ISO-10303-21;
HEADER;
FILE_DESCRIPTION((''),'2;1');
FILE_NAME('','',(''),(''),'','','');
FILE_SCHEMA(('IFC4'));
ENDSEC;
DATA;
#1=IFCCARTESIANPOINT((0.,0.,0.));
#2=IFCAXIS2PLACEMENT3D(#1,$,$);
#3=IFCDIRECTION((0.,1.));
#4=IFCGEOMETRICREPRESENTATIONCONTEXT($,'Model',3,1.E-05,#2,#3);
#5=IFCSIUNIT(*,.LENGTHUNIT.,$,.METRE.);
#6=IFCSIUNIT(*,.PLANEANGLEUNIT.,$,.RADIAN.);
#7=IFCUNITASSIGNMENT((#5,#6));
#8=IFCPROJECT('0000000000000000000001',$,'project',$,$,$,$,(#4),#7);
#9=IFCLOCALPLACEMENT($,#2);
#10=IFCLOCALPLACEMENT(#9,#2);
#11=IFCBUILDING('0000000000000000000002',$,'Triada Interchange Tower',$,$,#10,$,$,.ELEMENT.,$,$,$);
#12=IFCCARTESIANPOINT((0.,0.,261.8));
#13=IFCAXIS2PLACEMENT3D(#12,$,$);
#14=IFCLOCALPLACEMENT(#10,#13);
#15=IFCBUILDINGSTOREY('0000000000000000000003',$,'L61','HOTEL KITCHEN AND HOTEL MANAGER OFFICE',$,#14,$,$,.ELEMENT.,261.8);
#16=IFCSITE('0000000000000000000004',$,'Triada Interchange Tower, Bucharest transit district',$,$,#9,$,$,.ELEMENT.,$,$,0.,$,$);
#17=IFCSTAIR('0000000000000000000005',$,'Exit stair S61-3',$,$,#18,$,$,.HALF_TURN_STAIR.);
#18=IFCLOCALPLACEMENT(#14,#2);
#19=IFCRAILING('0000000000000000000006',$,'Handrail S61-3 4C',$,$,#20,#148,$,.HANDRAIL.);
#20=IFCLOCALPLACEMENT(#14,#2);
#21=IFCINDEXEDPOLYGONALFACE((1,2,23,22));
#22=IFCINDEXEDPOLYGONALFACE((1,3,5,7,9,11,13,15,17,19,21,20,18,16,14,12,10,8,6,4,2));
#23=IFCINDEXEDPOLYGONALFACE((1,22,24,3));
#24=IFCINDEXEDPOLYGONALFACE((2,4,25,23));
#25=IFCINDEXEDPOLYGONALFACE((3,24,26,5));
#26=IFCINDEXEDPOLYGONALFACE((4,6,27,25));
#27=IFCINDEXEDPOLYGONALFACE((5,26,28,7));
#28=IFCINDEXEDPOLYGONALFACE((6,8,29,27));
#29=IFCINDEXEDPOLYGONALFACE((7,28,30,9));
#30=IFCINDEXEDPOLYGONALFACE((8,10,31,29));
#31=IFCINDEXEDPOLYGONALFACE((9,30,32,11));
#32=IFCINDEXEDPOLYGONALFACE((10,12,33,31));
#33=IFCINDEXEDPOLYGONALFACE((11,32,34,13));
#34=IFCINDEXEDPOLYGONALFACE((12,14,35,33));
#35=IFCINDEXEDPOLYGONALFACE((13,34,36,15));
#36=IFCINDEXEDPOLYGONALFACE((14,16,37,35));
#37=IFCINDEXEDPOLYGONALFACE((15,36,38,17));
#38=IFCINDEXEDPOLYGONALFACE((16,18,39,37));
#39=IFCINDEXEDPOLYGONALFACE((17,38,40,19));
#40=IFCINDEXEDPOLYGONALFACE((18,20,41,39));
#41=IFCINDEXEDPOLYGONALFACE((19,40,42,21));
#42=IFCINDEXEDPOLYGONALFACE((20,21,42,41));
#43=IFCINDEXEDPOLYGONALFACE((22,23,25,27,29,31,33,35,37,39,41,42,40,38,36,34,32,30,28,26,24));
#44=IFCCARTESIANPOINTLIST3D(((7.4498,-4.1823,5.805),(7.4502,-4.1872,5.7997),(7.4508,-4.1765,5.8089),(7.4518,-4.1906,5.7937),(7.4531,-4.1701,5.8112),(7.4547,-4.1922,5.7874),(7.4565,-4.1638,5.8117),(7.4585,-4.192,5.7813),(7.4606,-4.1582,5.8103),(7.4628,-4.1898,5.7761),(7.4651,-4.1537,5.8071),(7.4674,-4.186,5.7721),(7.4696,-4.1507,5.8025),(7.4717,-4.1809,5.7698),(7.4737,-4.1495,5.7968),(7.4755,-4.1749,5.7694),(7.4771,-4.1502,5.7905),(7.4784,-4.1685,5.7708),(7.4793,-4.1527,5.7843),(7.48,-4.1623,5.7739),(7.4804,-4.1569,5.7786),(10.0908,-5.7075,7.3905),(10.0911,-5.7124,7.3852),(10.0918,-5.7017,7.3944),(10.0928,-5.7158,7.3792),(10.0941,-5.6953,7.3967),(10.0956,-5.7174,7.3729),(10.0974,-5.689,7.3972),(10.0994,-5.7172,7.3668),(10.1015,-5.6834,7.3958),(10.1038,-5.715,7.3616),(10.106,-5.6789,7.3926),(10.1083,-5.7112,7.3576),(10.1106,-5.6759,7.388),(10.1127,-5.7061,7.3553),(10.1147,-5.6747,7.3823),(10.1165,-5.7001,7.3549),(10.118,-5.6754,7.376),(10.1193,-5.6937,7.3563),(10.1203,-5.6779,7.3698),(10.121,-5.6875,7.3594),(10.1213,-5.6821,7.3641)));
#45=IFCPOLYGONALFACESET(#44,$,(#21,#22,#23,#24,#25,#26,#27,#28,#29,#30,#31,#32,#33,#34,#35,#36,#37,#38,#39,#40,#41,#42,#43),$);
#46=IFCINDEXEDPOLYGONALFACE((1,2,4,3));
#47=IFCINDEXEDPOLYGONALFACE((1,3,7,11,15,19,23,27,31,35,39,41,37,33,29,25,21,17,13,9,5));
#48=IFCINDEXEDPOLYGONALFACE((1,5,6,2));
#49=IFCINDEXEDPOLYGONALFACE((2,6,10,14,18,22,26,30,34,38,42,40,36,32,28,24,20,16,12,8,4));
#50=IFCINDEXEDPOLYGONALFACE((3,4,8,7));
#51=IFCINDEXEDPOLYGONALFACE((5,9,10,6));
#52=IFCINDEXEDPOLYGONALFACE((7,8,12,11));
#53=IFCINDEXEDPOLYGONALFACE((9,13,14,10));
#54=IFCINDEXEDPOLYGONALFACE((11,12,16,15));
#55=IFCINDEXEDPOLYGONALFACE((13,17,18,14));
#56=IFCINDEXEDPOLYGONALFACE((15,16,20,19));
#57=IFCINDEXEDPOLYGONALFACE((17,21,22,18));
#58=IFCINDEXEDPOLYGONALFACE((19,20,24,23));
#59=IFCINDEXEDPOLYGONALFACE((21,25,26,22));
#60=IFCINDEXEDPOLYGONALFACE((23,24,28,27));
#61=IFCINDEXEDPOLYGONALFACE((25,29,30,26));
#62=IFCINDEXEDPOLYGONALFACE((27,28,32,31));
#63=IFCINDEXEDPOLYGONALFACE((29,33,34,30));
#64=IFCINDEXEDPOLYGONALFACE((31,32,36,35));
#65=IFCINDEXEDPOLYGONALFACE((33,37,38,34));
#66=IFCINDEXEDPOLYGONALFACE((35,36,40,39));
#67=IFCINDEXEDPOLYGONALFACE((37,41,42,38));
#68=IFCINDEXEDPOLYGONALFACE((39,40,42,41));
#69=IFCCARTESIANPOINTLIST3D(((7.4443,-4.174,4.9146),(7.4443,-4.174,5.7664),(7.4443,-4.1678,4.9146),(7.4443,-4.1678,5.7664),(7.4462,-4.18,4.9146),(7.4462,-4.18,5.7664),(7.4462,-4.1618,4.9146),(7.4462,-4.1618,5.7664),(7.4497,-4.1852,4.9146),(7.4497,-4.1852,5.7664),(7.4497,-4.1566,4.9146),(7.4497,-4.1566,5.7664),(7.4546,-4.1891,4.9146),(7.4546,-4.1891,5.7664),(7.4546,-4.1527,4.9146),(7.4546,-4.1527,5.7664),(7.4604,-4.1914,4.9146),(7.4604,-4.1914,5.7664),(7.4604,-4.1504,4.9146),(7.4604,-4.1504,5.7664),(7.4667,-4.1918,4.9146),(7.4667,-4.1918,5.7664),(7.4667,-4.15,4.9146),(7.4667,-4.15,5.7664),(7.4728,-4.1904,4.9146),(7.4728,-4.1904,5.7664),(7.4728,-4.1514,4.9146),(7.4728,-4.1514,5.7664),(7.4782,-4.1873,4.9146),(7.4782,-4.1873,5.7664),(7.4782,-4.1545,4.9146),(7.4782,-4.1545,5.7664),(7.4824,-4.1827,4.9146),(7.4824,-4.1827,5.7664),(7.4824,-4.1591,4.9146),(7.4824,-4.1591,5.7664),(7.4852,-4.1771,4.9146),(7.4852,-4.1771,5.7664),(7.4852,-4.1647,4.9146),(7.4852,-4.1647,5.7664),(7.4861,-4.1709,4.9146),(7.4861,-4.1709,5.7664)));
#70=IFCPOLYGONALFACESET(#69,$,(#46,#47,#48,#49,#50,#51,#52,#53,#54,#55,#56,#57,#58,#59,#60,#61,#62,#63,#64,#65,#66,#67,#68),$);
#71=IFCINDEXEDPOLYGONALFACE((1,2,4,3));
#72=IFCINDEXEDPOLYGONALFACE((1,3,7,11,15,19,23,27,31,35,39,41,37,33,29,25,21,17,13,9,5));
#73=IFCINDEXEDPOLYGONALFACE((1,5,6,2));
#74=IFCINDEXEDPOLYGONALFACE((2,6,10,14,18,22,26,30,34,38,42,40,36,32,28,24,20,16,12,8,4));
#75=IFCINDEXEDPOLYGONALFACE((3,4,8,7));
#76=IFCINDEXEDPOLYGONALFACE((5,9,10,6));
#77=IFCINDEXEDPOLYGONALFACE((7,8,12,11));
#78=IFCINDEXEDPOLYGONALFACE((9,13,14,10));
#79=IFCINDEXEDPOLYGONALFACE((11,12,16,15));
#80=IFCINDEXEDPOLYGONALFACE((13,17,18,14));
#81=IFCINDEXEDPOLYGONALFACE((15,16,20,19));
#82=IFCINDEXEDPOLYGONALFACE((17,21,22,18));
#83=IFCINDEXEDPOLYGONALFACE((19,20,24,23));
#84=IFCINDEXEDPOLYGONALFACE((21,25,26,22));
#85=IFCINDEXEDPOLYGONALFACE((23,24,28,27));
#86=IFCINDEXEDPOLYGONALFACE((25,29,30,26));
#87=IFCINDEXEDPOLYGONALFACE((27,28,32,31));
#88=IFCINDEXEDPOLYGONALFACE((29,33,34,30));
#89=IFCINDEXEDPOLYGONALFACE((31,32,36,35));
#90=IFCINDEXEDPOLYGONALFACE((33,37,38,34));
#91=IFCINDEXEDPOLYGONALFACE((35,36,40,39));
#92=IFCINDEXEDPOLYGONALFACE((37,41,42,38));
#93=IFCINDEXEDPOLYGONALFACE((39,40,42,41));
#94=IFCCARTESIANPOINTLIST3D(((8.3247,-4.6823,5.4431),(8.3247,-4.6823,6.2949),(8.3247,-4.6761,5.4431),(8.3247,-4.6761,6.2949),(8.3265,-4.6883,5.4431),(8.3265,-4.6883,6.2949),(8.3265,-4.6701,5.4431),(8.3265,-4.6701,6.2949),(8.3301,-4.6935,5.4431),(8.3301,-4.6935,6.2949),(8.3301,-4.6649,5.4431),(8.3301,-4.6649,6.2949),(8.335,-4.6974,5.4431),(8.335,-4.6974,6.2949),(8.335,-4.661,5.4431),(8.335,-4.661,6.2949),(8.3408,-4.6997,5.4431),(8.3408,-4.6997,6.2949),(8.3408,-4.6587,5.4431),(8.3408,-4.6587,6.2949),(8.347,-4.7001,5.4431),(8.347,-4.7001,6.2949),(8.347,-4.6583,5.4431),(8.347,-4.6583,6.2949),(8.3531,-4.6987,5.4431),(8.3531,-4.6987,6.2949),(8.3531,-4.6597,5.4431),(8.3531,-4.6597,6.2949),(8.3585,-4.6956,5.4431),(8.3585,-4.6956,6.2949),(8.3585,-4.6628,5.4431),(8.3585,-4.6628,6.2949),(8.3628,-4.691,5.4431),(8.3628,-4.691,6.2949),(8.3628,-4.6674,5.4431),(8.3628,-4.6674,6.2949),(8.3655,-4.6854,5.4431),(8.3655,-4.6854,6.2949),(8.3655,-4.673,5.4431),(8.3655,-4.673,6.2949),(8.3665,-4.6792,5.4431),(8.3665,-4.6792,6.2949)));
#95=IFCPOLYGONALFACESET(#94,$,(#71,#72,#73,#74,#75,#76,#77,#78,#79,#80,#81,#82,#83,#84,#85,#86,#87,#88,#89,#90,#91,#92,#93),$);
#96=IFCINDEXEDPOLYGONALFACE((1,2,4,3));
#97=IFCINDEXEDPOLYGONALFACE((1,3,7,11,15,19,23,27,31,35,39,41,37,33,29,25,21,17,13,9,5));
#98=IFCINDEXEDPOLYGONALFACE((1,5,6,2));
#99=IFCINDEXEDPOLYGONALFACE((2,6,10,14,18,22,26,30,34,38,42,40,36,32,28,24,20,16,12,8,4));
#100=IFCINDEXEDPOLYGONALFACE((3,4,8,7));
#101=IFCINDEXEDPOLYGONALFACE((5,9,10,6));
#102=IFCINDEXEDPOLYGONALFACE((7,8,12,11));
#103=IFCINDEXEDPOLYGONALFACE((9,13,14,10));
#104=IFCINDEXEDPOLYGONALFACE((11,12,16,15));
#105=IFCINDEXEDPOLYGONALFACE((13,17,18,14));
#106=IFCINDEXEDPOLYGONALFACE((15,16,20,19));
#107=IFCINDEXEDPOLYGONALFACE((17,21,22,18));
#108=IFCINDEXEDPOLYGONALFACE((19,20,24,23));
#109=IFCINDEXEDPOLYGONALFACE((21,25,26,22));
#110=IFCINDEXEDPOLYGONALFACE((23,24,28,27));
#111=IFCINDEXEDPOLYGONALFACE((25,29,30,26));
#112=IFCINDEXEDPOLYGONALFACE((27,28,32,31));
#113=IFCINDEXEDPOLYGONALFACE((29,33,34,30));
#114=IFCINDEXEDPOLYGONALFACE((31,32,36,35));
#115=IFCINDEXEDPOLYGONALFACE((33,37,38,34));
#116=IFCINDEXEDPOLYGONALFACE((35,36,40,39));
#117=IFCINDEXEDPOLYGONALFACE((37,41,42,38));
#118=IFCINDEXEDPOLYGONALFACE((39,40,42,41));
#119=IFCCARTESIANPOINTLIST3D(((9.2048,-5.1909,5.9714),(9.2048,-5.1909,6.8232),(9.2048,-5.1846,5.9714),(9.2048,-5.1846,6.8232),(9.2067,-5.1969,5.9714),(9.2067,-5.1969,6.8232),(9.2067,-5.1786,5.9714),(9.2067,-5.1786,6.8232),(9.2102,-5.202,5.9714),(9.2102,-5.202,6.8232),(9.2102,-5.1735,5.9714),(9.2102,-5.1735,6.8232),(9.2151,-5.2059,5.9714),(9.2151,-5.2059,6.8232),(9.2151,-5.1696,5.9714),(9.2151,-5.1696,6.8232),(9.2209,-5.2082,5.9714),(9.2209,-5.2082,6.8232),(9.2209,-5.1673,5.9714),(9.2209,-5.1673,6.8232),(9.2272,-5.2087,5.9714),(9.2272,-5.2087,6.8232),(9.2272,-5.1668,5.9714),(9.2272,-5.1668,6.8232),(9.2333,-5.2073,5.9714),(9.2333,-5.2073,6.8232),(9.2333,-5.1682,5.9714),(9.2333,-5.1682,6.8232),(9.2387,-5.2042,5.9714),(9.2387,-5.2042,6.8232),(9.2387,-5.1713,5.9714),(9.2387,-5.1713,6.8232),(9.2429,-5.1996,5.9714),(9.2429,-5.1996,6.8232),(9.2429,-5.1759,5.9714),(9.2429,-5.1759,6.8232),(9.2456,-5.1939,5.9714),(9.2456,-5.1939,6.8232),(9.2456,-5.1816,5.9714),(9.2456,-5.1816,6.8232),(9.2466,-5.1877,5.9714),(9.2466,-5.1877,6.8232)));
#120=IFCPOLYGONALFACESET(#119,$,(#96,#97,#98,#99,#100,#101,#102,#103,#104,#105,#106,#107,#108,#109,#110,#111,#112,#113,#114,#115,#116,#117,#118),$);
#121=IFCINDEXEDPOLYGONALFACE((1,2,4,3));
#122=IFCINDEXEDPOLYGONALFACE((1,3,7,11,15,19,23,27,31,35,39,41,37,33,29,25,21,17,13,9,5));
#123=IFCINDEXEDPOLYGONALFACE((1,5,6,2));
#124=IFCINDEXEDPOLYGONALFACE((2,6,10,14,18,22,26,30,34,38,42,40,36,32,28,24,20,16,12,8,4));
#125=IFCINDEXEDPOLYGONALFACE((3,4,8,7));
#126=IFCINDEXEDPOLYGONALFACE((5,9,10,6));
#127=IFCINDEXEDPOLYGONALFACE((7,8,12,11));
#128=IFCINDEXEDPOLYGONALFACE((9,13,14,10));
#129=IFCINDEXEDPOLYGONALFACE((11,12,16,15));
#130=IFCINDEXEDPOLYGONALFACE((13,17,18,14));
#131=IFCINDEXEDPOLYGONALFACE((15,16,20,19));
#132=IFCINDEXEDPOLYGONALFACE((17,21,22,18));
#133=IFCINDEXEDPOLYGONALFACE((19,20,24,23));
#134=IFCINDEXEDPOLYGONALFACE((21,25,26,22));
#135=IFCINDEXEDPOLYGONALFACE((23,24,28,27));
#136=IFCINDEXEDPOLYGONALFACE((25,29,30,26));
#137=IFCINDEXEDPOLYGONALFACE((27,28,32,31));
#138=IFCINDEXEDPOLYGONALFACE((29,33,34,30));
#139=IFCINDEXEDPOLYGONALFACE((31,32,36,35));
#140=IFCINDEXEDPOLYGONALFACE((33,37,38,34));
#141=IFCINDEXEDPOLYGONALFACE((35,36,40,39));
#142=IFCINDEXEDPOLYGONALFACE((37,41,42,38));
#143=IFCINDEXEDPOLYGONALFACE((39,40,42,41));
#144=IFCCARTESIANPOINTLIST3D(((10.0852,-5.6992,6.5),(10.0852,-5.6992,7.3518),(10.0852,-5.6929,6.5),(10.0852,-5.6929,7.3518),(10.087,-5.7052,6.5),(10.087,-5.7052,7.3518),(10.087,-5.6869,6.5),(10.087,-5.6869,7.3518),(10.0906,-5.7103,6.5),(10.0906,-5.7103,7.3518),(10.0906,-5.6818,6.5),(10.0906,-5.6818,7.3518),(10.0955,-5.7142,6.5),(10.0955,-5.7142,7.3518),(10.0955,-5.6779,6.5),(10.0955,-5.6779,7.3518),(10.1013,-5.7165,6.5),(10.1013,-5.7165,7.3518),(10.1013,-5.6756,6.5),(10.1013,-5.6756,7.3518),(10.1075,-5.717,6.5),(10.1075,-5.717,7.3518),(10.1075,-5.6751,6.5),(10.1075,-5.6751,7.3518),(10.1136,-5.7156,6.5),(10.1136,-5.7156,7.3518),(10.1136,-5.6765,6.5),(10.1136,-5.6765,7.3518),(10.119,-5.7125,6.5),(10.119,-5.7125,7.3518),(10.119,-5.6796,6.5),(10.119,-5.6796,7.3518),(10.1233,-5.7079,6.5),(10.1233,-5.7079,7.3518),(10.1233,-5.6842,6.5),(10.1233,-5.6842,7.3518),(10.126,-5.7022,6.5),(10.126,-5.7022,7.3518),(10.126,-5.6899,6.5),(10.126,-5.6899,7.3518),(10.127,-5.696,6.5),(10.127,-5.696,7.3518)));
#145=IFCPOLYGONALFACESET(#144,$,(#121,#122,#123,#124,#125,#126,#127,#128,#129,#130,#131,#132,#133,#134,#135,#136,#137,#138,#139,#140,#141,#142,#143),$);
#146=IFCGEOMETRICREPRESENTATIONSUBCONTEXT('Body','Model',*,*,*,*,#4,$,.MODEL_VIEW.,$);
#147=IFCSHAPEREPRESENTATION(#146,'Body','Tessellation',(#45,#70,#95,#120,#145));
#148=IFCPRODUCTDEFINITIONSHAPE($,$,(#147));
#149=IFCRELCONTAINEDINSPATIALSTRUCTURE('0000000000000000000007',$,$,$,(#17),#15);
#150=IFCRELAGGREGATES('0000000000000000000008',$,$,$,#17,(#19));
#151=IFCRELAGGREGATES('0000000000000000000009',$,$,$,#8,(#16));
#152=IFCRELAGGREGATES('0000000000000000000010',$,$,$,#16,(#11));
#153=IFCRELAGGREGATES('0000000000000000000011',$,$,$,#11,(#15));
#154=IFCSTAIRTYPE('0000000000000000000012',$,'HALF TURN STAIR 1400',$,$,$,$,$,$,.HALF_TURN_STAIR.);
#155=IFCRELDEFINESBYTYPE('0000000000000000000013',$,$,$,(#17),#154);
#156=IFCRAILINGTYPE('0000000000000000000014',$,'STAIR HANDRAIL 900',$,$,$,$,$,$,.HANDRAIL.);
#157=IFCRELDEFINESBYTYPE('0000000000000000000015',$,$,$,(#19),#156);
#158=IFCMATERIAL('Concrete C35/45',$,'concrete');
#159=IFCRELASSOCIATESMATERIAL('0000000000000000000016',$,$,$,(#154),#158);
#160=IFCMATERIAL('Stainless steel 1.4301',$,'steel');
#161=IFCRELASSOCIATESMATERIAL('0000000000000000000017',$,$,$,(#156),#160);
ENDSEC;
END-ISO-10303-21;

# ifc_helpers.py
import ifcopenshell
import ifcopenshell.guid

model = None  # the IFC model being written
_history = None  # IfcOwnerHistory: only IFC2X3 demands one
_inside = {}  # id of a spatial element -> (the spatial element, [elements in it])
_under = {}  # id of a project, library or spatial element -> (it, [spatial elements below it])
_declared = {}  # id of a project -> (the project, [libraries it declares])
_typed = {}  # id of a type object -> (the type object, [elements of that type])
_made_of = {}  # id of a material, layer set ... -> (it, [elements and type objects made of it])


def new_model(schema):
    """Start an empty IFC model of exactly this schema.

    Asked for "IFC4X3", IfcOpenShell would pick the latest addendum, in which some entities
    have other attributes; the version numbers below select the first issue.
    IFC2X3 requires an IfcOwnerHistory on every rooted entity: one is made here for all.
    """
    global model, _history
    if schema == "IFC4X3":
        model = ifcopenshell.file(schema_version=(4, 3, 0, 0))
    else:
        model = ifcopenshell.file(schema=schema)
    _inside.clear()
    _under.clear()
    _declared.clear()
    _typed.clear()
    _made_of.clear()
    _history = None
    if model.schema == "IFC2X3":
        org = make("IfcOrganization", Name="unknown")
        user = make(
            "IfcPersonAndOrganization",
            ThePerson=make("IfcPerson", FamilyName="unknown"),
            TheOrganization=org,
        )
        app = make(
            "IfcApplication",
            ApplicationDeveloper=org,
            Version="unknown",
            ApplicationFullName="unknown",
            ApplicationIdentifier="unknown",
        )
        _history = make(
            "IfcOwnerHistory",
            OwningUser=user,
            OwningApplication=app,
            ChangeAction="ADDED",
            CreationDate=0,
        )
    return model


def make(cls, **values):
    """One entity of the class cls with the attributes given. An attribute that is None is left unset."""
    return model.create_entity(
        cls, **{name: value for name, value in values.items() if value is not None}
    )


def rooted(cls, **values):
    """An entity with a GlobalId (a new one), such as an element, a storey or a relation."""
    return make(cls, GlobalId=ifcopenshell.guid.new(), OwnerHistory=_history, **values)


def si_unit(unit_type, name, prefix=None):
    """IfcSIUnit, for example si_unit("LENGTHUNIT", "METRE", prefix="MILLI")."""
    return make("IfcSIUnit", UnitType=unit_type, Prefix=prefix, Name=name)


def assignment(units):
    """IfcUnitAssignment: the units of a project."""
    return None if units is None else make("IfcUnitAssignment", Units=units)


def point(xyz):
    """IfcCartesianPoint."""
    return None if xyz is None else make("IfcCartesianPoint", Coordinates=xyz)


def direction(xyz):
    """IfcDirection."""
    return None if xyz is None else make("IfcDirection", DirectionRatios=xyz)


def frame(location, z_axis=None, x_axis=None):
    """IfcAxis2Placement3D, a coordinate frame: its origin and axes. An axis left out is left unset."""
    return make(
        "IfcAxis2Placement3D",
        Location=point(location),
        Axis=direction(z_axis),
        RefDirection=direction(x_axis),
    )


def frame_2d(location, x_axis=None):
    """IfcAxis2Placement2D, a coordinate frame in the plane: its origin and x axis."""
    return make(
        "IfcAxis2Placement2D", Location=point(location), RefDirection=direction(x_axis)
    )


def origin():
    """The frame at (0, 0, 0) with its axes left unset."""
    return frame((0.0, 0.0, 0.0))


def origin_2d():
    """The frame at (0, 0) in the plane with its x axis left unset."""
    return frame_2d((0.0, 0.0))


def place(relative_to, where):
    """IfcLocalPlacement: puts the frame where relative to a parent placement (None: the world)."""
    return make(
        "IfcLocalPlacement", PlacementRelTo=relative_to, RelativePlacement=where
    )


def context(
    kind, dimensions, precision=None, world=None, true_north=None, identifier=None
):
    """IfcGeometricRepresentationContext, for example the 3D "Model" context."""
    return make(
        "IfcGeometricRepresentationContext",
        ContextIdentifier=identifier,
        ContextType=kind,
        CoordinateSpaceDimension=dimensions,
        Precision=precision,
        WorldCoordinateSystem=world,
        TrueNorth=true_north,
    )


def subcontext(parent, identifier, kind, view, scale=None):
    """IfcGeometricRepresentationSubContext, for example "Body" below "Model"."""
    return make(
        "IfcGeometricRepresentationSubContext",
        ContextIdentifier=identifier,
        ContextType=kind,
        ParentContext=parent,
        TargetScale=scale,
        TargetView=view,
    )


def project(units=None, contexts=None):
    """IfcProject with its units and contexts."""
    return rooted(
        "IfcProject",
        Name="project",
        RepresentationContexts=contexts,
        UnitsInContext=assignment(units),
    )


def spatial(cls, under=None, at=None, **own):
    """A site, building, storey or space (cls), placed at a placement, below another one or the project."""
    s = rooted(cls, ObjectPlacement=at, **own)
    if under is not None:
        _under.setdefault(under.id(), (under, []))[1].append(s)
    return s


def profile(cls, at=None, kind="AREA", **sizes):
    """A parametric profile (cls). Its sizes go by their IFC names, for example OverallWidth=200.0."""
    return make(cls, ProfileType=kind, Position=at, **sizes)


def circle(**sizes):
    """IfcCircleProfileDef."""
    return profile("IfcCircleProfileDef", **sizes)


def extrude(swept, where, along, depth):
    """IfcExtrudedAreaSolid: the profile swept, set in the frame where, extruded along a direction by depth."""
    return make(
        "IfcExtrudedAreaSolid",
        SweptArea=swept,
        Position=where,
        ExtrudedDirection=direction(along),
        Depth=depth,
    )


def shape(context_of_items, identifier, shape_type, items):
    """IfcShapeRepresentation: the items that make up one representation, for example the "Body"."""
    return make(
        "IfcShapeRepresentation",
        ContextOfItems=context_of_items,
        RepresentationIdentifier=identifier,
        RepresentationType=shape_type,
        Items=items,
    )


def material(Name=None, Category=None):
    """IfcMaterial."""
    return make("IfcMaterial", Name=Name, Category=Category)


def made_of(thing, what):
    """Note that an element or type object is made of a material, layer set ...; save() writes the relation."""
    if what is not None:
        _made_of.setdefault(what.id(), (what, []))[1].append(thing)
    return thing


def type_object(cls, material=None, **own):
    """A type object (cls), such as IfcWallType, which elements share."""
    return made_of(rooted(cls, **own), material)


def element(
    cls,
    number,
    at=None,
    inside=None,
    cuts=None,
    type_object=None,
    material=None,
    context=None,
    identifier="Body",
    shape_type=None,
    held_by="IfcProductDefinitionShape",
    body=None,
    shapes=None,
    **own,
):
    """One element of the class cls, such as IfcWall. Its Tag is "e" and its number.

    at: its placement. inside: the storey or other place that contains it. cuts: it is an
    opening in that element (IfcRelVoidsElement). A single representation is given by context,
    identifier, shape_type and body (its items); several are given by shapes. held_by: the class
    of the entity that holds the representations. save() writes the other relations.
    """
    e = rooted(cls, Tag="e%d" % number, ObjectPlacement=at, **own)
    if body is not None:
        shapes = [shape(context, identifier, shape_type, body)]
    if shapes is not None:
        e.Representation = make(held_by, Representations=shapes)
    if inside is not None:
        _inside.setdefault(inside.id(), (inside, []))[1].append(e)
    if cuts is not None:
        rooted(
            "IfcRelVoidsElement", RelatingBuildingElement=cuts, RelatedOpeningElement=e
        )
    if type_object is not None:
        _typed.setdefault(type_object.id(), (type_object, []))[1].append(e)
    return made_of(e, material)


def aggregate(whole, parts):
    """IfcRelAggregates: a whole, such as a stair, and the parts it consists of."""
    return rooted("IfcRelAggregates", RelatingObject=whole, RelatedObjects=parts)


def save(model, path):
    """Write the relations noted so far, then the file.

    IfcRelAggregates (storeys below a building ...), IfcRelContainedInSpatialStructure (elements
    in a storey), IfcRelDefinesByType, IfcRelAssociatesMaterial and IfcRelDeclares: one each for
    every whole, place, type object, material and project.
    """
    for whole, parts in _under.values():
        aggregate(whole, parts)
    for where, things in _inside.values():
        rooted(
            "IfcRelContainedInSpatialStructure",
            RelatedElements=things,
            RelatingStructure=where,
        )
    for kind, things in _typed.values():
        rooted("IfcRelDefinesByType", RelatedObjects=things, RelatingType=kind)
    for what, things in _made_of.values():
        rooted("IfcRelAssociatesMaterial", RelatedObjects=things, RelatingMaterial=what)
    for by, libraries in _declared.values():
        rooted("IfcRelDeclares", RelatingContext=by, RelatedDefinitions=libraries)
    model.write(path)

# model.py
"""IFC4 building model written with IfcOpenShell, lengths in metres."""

from ifc_helpers import new_model, si_unit, direction, frame, origin, origin_2d, place, context, subcontext, project, spatial, circle, extrude, material, type_object, element, aggregate, save


model = new_model("IFC4")

# Units and contexts
model_context = context("Model", 3, precision=1e-05, world=origin(), true_north=direction((0.0, 1.0)))
body_context = subcontext(model_context, "Body", "Model", "MODEL_VIEW")
ifc_project = project(units=[si_unit("LENGTHUNIT", "METRE"), si_unit("PLANEANGLEUNIT", "RADIAN")], contexts=[model_context])

# Site, building, storey
site_placement = place(None, origin())
site = spatial("IfcSite", under=ifc_project, at=site_placement, Name="Triada Interchange Tower, Bucharest transit district", CompositionType="ELEMENT", RefElevation=0.0)
building_placement = place(site_placement, origin())
building = spatial("IfcBuilding", under=site, at=building_placement, Name="Triada Interchange Tower", CompositionType="ELEMENT")
storey_placement = place(building_placement, frame((0.0, 0.0, 261.8)))
storey = spatial("IfcBuildingStorey", under=building, at=storey_placement, Name="L61", Description="HOTEL KITCHEN AND HOTEL MANAGER OFFICE", CompositionType="ELEMENT", Elevation=261.8)

# Stair, railing
ifc_material_1 = material(Name="Concrete C35/45", Category="concrete")
stair_type = type_object("IfcStairType", Name="HALF TURN STAIR 1400", PredefinedType="HALF_TURN_STAIR", material=ifc_material_1)
stair_placement = place(storey_placement, origin())
stair = element("IfcStair", 1, at=stair_placement, inside=storey, type_object=stair_type, Name="Exit stair S61-3", PredefinedType="HALF_TURN_STAIR")
ifc_material_2 = material(Name="Stainless steel 1.4301", Category="steel")
railing_type = type_object("IfcRailingType", Name="STAIR HANDRAIL 900", PredefinedType="HANDRAIL", material=ifc_material_2)
railing_1_placement = place(storey_placement, frame((7.4651, -4.1709, 4.9146)))
railing_1 = element("IfcRailing", 2, at=railing_1_placement, type_object=railing_type, Name="Handrail S61-3 4C", PredefinedType="HANDRAIL", context=body_context, shape_type="SweptSolid", body=[
    extrude(circle(Radius=0.0239, at=origin_2d()), frame((0.0, 0.0, 0.876), z_axis=(0.768334, -0.443726, 0.46127), x_axis=(0.500108, 0.865963, 0.0)), (0.0, 0.0, 1.0), 3.4373),
    extrude(circle(Radius=0.021, at=origin_2d()), origin(), (0.0, 0.0, 1.0), 0.8518),
    extrude(circle(Radius=0.021, at=origin_2d()), frame((0.8804, -0.5083, 0.5286)), (0.0, 0.0, 1.0), 0.8518),
    extrude(circle(Radius=0.021, at=origin_2d()), frame((1.7605, -1.0168, 1.0569)), (0.0, 0.0, 1.0), 0.8518),
    extrude(circle(Radius=0.021, at=origin_2d()), frame((2.6409, -1.5251, 1.5854)), (0.0, 0.0, 1.0), 0.8518),
])
aggregate(stair, [railing_1])

save(model, "model.ifc")
